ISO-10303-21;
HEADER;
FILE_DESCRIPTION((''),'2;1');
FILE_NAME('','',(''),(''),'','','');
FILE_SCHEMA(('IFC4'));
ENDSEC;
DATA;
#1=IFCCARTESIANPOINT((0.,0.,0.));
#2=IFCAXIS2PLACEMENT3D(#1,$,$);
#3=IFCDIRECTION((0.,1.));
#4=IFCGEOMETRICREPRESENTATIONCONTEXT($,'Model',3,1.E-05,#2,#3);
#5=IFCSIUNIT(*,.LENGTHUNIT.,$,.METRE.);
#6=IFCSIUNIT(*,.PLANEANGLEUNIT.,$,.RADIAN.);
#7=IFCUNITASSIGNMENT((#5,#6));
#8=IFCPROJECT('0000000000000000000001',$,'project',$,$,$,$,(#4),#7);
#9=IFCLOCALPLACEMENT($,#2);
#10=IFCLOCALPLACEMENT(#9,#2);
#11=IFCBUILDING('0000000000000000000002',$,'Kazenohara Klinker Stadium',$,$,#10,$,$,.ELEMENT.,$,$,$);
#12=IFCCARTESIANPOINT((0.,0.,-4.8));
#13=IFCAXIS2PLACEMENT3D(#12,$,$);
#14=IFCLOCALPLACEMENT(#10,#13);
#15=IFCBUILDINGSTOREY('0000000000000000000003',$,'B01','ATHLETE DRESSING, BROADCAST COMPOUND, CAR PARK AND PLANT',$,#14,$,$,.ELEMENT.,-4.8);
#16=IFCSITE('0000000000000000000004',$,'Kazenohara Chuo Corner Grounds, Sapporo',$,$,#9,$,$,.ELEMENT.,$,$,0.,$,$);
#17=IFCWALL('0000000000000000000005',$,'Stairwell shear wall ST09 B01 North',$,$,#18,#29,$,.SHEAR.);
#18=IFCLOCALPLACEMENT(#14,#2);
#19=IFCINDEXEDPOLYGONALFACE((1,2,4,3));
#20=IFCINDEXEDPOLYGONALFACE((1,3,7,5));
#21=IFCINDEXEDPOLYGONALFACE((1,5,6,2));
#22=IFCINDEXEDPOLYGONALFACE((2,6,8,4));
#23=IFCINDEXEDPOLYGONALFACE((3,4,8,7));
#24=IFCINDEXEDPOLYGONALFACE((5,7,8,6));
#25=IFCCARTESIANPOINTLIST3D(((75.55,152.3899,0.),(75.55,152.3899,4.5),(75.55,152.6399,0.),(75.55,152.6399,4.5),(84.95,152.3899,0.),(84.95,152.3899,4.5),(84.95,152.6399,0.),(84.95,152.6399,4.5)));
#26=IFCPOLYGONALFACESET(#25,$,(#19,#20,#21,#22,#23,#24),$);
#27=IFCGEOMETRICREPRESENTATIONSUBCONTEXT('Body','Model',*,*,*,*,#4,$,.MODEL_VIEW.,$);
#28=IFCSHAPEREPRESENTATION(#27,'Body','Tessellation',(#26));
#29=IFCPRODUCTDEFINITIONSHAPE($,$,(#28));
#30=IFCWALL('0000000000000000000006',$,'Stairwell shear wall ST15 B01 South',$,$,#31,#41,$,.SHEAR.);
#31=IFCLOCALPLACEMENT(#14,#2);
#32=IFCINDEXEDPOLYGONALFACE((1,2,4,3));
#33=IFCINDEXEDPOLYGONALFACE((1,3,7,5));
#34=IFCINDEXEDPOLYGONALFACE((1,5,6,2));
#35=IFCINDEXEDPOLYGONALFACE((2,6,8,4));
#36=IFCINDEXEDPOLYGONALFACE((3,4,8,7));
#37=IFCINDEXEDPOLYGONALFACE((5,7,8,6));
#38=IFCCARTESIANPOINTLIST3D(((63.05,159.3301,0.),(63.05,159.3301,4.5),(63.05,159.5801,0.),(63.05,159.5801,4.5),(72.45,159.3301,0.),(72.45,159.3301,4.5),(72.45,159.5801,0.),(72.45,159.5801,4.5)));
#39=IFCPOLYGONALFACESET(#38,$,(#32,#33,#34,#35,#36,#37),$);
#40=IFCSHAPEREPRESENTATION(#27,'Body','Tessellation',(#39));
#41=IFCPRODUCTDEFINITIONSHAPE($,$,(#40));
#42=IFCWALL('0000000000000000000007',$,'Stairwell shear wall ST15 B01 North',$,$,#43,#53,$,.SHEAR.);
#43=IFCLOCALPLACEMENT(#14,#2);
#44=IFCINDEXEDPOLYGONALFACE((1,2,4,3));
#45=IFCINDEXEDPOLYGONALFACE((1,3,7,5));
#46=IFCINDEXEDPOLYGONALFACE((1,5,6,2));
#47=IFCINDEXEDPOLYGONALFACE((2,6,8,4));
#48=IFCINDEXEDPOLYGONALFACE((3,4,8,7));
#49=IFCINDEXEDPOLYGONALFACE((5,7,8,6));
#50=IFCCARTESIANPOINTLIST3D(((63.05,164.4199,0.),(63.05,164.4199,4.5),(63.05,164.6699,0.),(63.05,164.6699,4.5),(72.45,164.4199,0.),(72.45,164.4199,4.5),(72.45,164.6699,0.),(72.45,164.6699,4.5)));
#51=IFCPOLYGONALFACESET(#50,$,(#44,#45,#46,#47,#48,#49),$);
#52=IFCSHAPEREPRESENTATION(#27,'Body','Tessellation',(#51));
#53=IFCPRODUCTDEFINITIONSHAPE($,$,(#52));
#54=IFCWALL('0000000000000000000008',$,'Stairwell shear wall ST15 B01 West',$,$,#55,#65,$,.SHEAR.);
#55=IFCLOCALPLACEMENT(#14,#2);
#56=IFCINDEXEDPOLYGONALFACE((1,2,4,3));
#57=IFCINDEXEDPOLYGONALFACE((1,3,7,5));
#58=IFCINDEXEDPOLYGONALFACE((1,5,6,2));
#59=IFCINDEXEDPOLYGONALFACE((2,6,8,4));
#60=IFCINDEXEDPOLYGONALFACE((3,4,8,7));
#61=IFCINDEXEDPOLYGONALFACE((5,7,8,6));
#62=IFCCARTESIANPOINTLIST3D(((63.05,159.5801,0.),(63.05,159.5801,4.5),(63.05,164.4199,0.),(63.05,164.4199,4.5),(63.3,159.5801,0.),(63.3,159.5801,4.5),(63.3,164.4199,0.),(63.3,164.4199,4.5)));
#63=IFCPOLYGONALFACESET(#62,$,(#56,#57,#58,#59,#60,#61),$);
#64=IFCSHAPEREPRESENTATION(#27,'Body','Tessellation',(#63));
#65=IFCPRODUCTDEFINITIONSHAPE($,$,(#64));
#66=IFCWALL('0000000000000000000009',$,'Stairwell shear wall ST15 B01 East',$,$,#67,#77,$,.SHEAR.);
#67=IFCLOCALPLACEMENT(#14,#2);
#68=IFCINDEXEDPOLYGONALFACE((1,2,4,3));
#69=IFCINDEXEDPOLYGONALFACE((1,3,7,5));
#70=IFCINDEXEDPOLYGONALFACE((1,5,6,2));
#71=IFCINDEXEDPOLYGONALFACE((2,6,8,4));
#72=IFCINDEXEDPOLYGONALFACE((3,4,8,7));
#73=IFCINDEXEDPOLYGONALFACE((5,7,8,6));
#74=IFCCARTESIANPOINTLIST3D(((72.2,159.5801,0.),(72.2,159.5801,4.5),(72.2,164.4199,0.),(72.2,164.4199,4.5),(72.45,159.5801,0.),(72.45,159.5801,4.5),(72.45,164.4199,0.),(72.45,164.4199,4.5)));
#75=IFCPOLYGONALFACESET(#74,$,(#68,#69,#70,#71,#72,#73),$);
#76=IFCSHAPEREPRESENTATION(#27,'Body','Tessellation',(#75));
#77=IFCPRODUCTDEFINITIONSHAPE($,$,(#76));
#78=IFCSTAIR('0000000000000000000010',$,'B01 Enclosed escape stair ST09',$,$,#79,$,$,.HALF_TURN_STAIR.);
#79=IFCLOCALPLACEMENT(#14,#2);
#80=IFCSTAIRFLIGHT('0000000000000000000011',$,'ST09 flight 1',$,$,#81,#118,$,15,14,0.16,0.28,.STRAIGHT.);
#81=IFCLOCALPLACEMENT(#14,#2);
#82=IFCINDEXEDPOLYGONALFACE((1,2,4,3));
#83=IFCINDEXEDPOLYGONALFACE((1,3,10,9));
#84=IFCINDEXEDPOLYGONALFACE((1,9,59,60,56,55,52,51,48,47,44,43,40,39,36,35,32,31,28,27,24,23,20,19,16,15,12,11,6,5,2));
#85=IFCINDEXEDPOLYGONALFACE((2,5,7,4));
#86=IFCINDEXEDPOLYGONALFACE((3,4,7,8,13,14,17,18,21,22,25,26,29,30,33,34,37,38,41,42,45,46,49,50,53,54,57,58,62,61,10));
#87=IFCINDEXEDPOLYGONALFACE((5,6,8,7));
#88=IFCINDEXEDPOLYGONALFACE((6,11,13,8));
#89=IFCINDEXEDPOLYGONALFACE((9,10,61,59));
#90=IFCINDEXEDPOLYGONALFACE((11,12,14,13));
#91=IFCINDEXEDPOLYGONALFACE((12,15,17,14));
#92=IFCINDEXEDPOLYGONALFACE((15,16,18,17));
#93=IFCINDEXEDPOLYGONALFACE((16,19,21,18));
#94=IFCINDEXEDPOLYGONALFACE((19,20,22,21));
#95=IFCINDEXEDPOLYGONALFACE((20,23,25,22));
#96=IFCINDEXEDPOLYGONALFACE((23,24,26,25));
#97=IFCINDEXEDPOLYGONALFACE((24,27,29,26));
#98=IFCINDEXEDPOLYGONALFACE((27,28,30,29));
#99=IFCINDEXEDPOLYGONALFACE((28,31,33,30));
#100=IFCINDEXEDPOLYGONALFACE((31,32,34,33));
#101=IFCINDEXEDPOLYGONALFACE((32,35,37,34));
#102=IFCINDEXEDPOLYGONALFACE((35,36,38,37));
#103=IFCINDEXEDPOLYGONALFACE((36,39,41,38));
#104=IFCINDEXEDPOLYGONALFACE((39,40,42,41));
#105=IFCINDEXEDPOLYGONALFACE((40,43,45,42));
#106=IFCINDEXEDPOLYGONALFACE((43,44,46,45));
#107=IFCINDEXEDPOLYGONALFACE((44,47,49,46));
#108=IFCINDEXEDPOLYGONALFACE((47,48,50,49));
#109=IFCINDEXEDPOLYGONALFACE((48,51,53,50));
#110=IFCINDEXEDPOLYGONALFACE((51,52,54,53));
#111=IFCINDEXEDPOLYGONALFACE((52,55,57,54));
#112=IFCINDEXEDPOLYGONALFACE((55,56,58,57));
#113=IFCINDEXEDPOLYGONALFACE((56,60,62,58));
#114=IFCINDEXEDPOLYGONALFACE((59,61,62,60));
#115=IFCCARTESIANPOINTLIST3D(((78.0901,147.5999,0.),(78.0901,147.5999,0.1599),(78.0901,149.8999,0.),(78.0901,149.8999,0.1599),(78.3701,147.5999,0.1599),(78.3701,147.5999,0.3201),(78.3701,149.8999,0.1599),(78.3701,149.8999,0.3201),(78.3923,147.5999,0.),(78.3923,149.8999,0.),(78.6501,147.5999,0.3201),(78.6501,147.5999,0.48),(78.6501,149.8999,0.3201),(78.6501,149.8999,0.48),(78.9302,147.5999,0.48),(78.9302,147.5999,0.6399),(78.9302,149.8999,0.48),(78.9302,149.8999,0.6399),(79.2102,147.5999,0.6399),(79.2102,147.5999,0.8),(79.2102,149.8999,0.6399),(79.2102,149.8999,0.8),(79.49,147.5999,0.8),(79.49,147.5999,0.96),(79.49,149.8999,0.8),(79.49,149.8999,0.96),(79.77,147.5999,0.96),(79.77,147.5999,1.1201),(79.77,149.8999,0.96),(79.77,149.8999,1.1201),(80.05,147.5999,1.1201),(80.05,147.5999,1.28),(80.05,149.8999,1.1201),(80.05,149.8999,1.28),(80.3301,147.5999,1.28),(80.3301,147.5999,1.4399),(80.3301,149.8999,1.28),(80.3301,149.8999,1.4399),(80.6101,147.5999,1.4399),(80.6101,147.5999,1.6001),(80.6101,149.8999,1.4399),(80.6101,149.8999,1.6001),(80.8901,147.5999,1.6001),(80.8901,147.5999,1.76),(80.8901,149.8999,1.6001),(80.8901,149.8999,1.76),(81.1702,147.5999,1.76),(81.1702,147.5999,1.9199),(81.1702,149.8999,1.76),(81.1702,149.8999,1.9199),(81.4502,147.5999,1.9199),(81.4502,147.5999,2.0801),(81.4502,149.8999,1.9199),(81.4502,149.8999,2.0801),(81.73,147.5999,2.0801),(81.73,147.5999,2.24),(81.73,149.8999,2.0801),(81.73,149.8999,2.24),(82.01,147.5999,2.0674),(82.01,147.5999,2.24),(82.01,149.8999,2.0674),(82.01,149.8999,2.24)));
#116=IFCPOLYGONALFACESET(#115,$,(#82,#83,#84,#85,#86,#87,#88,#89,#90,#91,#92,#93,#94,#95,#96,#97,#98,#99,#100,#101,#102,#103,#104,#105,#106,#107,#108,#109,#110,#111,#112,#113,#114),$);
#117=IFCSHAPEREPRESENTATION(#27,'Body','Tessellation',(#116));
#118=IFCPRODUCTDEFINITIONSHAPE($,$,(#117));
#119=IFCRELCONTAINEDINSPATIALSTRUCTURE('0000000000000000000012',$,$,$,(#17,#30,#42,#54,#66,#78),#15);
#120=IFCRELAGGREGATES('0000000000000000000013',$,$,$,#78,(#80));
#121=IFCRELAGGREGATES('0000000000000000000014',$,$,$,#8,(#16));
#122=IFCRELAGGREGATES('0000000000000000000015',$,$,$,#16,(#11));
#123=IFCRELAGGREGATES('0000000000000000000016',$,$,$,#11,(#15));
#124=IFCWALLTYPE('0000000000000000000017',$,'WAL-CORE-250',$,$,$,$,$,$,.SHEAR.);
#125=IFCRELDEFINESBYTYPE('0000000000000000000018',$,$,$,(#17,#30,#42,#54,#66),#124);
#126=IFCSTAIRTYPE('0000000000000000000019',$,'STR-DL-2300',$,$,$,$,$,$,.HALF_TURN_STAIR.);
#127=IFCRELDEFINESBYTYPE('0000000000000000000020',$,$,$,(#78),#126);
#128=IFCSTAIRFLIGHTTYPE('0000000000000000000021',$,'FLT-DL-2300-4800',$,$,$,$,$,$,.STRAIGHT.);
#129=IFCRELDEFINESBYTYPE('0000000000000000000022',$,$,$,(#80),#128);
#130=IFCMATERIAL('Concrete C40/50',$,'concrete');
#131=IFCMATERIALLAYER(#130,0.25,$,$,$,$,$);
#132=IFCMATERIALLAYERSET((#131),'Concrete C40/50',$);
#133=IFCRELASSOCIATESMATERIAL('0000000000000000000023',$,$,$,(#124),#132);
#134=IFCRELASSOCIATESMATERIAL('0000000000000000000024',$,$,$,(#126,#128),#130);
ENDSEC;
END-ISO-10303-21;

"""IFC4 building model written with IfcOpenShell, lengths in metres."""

from ifc_helpers import new_model, si_unit, direction, frame, frame_2d, origin, place, context, subcontext, project, spatial, polyline, rectangle, outline, extrude, material, layer, layer_set, type_object, element, aggregate, save


model = new_model("IFC4")

# Units and contexts
model_context = context("Model", 3, precision=1e-05, world=origin(), true_north=direction((0.0, 1.0)))
body_context = subcontext(model_context, "Body", "Model", "MODEL_VIEW")
ifc_project = project(units=[si_unit("LENGTHUNIT", "METRE"), si_unit("PLANEANGLEUNIT", "RADIAN")], contexts=[model_context])

# Site, building, storey
site_placement = place(None, origin())
site = spatial("IfcSite", under=ifc_project, at=site_placement, Name="Kazenohara Chuo Corner Grounds, Sapporo", CompositionType="ELEMENT", RefElevation=0.0)
building_placement = place(site_placement, origin())
building = spatial("IfcBuilding", under=site, at=building_placement, Name="Kazenohara Klinker Stadium", CompositionType="ELEMENT")
storey_placement = place(building_placement, frame((0.0, 0.0, -4.8)))
storey = spatial("IfcBuildingStorey", under=building, at=storey_placement, Name="B01", Description="ATHLETE DRESSING, BROADCAST COMPOUND, CAR PARK AND PLANT", CompositionType="ELEMENT", Elevation=-4.8)

# Shared definitions
ifc_material_1 = material(Name="Concrete C40/50", Category="concrete")

# Walls
ifc_layer_1 = layer(ifc_material_1, 0.25)
ifc_layer_set_1 = layer_set([ifc_layer_1], Name="Concrete C40/50")
wall_type_1 = type_object("IfcWallType", Name="WAL-CORE-250", PredefinedType="SHEAR", material=ifc_layer_set_1)
for number, where, z_axis, x_axis, name in (
    (1, (75.55, 152.5149, 0.0), (0.0, 0.0, 1.0), (1.0, 0.0, 0.0), "Stairwell shear wall ST09 B01 North"),
    (2, (63.05, 159.4551, 0.0), (0.0, 0.0, 1.0), (1.0, 0.0, 0.0), "Stairwell shear wall ST15 B01 South"),
    (3, (63.05, 164.5449, 0.0), (0.0, 0.0, 1.0), (1.0, 0.0, 0.0), "Stairwell shear wall ST15 B01 North"),
):
    element("IfcWall", number, at=place(storey_placement, frame(where, z_axis=z_axis, x_axis=x_axis)), inside=storey, type_object=wall_type_1, Name=name, PredefinedType="SHEAR", context=body_context, shape_type="SweptSolid", body=[
        extrude(rectangle(XDim=9.3999, YDim=0.25, at=frame_2d((4.7, 0.0))), origin(), (0.0, 0.0, 1.0), 4.5),
    ])
for number, where, z_axis, x_axis, name in (
    (4, (63.175, 159.5801, 0.0), (0.0, 0.0, 1.0), (0.0, 1.0, 0.0), "Stairwell shear wall ST15 B01 West"),
    (5, (72.325, 159.5801, 0.0), (0.0, 0.0, 1.0), (0.0, 1.0, 0.0), "Stairwell shear wall ST15 B01 East"),
):
    element("IfcWall", number, at=place(storey_placement, frame(where, z_axis=z_axis, x_axis=x_axis)), inside=storey, type_object=wall_type_1, Name=name, PredefinedType="SHEAR", context=body_context, shape_type="SweptSolid", body=[
        extrude(rectangle(XDim=4.8398, YDim=0.25, at=frame_2d((2.4199, 0.0))), origin(), (0.0, 0.0, 1.0), 4.5),
    ])

# Stair, stair flight
stair_type = type_object("IfcStairType", Name="STR-DL-2300", PredefinedType="HALF_TURN_STAIR", material=ifc_material_1)
stair_placement = place(storey_placement, origin())
stair = element("IfcStair", 6, at=stair_placement, inside=storey, type_object=stair_type, Name="B01 Enclosed escape stair ST09", PredefinedType="HALF_TURN_STAIR")
stair_flight_type = type_object("IfcStairFlightType", Name="FLT-DL-2300-4800", PredefinedType="STRAIGHT", material=ifc_material_1)
stair_flight_placement = place(storey_placement, frame((78.0901, 148.75, 0.0), z_axis=(0.0, 0.0, 1.0), x_axis=(1.0, 0.0, 0.0)))
stair_flight = element("IfcStairFlight", 7, at=stair_flight_placement, type_object=stair_flight_type, Name="ST09 flight 1", NumberOfRisers=15, NumberOfTreads=14, PredefinedType="STRAIGHT", RiserHeight=0.16, TreadLength=0.28, context=body_context, shape_type="SweptSolid", body=[
    extrude(outline(polyline([(0.0, 0.0), (0.0, 0.1599), (0.28, 0.1599), (0.28, 0.3201), (0.5601, 0.3201), (0.5601, 0.48), (0.8401, 0.48), (0.8401, 0.6399), (1.1201, 0.6399), (1.1201, 0.8), (1.3999, 0.8), (1.3999, 0.96), (1.6799, 0.96), (1.6799, 1.1201), (1.96, 1.1201), (1.96, 1.28), (2.24, 1.28), (2.24, 1.4399), (2.52, 1.4399), (2.52, 1.6001), (2.8, 1.6001), (2.8, 1.76), (3.0801, 1.76), (3.0801, 1.9199), (3.3601, 1.9199), (3.3601, 2.0801), (3.6399, 2.0801), (3.6399, 2.24), (3.9199, 2.24), (3.9199, 2.3999), (3.9199, 2.0674), (0.3022, 0.0), (0.0, 0.0)])), frame((0.0, 1.1499, 0.0), z_axis=(0.0, -1.0, 0.0), x_axis=(1.0, 0.0, 0.0)), (0.0, 0.0, 1.0), 2.3),
])
aggregate(stair, [stair_flight])

save(model, "model.ifc")
